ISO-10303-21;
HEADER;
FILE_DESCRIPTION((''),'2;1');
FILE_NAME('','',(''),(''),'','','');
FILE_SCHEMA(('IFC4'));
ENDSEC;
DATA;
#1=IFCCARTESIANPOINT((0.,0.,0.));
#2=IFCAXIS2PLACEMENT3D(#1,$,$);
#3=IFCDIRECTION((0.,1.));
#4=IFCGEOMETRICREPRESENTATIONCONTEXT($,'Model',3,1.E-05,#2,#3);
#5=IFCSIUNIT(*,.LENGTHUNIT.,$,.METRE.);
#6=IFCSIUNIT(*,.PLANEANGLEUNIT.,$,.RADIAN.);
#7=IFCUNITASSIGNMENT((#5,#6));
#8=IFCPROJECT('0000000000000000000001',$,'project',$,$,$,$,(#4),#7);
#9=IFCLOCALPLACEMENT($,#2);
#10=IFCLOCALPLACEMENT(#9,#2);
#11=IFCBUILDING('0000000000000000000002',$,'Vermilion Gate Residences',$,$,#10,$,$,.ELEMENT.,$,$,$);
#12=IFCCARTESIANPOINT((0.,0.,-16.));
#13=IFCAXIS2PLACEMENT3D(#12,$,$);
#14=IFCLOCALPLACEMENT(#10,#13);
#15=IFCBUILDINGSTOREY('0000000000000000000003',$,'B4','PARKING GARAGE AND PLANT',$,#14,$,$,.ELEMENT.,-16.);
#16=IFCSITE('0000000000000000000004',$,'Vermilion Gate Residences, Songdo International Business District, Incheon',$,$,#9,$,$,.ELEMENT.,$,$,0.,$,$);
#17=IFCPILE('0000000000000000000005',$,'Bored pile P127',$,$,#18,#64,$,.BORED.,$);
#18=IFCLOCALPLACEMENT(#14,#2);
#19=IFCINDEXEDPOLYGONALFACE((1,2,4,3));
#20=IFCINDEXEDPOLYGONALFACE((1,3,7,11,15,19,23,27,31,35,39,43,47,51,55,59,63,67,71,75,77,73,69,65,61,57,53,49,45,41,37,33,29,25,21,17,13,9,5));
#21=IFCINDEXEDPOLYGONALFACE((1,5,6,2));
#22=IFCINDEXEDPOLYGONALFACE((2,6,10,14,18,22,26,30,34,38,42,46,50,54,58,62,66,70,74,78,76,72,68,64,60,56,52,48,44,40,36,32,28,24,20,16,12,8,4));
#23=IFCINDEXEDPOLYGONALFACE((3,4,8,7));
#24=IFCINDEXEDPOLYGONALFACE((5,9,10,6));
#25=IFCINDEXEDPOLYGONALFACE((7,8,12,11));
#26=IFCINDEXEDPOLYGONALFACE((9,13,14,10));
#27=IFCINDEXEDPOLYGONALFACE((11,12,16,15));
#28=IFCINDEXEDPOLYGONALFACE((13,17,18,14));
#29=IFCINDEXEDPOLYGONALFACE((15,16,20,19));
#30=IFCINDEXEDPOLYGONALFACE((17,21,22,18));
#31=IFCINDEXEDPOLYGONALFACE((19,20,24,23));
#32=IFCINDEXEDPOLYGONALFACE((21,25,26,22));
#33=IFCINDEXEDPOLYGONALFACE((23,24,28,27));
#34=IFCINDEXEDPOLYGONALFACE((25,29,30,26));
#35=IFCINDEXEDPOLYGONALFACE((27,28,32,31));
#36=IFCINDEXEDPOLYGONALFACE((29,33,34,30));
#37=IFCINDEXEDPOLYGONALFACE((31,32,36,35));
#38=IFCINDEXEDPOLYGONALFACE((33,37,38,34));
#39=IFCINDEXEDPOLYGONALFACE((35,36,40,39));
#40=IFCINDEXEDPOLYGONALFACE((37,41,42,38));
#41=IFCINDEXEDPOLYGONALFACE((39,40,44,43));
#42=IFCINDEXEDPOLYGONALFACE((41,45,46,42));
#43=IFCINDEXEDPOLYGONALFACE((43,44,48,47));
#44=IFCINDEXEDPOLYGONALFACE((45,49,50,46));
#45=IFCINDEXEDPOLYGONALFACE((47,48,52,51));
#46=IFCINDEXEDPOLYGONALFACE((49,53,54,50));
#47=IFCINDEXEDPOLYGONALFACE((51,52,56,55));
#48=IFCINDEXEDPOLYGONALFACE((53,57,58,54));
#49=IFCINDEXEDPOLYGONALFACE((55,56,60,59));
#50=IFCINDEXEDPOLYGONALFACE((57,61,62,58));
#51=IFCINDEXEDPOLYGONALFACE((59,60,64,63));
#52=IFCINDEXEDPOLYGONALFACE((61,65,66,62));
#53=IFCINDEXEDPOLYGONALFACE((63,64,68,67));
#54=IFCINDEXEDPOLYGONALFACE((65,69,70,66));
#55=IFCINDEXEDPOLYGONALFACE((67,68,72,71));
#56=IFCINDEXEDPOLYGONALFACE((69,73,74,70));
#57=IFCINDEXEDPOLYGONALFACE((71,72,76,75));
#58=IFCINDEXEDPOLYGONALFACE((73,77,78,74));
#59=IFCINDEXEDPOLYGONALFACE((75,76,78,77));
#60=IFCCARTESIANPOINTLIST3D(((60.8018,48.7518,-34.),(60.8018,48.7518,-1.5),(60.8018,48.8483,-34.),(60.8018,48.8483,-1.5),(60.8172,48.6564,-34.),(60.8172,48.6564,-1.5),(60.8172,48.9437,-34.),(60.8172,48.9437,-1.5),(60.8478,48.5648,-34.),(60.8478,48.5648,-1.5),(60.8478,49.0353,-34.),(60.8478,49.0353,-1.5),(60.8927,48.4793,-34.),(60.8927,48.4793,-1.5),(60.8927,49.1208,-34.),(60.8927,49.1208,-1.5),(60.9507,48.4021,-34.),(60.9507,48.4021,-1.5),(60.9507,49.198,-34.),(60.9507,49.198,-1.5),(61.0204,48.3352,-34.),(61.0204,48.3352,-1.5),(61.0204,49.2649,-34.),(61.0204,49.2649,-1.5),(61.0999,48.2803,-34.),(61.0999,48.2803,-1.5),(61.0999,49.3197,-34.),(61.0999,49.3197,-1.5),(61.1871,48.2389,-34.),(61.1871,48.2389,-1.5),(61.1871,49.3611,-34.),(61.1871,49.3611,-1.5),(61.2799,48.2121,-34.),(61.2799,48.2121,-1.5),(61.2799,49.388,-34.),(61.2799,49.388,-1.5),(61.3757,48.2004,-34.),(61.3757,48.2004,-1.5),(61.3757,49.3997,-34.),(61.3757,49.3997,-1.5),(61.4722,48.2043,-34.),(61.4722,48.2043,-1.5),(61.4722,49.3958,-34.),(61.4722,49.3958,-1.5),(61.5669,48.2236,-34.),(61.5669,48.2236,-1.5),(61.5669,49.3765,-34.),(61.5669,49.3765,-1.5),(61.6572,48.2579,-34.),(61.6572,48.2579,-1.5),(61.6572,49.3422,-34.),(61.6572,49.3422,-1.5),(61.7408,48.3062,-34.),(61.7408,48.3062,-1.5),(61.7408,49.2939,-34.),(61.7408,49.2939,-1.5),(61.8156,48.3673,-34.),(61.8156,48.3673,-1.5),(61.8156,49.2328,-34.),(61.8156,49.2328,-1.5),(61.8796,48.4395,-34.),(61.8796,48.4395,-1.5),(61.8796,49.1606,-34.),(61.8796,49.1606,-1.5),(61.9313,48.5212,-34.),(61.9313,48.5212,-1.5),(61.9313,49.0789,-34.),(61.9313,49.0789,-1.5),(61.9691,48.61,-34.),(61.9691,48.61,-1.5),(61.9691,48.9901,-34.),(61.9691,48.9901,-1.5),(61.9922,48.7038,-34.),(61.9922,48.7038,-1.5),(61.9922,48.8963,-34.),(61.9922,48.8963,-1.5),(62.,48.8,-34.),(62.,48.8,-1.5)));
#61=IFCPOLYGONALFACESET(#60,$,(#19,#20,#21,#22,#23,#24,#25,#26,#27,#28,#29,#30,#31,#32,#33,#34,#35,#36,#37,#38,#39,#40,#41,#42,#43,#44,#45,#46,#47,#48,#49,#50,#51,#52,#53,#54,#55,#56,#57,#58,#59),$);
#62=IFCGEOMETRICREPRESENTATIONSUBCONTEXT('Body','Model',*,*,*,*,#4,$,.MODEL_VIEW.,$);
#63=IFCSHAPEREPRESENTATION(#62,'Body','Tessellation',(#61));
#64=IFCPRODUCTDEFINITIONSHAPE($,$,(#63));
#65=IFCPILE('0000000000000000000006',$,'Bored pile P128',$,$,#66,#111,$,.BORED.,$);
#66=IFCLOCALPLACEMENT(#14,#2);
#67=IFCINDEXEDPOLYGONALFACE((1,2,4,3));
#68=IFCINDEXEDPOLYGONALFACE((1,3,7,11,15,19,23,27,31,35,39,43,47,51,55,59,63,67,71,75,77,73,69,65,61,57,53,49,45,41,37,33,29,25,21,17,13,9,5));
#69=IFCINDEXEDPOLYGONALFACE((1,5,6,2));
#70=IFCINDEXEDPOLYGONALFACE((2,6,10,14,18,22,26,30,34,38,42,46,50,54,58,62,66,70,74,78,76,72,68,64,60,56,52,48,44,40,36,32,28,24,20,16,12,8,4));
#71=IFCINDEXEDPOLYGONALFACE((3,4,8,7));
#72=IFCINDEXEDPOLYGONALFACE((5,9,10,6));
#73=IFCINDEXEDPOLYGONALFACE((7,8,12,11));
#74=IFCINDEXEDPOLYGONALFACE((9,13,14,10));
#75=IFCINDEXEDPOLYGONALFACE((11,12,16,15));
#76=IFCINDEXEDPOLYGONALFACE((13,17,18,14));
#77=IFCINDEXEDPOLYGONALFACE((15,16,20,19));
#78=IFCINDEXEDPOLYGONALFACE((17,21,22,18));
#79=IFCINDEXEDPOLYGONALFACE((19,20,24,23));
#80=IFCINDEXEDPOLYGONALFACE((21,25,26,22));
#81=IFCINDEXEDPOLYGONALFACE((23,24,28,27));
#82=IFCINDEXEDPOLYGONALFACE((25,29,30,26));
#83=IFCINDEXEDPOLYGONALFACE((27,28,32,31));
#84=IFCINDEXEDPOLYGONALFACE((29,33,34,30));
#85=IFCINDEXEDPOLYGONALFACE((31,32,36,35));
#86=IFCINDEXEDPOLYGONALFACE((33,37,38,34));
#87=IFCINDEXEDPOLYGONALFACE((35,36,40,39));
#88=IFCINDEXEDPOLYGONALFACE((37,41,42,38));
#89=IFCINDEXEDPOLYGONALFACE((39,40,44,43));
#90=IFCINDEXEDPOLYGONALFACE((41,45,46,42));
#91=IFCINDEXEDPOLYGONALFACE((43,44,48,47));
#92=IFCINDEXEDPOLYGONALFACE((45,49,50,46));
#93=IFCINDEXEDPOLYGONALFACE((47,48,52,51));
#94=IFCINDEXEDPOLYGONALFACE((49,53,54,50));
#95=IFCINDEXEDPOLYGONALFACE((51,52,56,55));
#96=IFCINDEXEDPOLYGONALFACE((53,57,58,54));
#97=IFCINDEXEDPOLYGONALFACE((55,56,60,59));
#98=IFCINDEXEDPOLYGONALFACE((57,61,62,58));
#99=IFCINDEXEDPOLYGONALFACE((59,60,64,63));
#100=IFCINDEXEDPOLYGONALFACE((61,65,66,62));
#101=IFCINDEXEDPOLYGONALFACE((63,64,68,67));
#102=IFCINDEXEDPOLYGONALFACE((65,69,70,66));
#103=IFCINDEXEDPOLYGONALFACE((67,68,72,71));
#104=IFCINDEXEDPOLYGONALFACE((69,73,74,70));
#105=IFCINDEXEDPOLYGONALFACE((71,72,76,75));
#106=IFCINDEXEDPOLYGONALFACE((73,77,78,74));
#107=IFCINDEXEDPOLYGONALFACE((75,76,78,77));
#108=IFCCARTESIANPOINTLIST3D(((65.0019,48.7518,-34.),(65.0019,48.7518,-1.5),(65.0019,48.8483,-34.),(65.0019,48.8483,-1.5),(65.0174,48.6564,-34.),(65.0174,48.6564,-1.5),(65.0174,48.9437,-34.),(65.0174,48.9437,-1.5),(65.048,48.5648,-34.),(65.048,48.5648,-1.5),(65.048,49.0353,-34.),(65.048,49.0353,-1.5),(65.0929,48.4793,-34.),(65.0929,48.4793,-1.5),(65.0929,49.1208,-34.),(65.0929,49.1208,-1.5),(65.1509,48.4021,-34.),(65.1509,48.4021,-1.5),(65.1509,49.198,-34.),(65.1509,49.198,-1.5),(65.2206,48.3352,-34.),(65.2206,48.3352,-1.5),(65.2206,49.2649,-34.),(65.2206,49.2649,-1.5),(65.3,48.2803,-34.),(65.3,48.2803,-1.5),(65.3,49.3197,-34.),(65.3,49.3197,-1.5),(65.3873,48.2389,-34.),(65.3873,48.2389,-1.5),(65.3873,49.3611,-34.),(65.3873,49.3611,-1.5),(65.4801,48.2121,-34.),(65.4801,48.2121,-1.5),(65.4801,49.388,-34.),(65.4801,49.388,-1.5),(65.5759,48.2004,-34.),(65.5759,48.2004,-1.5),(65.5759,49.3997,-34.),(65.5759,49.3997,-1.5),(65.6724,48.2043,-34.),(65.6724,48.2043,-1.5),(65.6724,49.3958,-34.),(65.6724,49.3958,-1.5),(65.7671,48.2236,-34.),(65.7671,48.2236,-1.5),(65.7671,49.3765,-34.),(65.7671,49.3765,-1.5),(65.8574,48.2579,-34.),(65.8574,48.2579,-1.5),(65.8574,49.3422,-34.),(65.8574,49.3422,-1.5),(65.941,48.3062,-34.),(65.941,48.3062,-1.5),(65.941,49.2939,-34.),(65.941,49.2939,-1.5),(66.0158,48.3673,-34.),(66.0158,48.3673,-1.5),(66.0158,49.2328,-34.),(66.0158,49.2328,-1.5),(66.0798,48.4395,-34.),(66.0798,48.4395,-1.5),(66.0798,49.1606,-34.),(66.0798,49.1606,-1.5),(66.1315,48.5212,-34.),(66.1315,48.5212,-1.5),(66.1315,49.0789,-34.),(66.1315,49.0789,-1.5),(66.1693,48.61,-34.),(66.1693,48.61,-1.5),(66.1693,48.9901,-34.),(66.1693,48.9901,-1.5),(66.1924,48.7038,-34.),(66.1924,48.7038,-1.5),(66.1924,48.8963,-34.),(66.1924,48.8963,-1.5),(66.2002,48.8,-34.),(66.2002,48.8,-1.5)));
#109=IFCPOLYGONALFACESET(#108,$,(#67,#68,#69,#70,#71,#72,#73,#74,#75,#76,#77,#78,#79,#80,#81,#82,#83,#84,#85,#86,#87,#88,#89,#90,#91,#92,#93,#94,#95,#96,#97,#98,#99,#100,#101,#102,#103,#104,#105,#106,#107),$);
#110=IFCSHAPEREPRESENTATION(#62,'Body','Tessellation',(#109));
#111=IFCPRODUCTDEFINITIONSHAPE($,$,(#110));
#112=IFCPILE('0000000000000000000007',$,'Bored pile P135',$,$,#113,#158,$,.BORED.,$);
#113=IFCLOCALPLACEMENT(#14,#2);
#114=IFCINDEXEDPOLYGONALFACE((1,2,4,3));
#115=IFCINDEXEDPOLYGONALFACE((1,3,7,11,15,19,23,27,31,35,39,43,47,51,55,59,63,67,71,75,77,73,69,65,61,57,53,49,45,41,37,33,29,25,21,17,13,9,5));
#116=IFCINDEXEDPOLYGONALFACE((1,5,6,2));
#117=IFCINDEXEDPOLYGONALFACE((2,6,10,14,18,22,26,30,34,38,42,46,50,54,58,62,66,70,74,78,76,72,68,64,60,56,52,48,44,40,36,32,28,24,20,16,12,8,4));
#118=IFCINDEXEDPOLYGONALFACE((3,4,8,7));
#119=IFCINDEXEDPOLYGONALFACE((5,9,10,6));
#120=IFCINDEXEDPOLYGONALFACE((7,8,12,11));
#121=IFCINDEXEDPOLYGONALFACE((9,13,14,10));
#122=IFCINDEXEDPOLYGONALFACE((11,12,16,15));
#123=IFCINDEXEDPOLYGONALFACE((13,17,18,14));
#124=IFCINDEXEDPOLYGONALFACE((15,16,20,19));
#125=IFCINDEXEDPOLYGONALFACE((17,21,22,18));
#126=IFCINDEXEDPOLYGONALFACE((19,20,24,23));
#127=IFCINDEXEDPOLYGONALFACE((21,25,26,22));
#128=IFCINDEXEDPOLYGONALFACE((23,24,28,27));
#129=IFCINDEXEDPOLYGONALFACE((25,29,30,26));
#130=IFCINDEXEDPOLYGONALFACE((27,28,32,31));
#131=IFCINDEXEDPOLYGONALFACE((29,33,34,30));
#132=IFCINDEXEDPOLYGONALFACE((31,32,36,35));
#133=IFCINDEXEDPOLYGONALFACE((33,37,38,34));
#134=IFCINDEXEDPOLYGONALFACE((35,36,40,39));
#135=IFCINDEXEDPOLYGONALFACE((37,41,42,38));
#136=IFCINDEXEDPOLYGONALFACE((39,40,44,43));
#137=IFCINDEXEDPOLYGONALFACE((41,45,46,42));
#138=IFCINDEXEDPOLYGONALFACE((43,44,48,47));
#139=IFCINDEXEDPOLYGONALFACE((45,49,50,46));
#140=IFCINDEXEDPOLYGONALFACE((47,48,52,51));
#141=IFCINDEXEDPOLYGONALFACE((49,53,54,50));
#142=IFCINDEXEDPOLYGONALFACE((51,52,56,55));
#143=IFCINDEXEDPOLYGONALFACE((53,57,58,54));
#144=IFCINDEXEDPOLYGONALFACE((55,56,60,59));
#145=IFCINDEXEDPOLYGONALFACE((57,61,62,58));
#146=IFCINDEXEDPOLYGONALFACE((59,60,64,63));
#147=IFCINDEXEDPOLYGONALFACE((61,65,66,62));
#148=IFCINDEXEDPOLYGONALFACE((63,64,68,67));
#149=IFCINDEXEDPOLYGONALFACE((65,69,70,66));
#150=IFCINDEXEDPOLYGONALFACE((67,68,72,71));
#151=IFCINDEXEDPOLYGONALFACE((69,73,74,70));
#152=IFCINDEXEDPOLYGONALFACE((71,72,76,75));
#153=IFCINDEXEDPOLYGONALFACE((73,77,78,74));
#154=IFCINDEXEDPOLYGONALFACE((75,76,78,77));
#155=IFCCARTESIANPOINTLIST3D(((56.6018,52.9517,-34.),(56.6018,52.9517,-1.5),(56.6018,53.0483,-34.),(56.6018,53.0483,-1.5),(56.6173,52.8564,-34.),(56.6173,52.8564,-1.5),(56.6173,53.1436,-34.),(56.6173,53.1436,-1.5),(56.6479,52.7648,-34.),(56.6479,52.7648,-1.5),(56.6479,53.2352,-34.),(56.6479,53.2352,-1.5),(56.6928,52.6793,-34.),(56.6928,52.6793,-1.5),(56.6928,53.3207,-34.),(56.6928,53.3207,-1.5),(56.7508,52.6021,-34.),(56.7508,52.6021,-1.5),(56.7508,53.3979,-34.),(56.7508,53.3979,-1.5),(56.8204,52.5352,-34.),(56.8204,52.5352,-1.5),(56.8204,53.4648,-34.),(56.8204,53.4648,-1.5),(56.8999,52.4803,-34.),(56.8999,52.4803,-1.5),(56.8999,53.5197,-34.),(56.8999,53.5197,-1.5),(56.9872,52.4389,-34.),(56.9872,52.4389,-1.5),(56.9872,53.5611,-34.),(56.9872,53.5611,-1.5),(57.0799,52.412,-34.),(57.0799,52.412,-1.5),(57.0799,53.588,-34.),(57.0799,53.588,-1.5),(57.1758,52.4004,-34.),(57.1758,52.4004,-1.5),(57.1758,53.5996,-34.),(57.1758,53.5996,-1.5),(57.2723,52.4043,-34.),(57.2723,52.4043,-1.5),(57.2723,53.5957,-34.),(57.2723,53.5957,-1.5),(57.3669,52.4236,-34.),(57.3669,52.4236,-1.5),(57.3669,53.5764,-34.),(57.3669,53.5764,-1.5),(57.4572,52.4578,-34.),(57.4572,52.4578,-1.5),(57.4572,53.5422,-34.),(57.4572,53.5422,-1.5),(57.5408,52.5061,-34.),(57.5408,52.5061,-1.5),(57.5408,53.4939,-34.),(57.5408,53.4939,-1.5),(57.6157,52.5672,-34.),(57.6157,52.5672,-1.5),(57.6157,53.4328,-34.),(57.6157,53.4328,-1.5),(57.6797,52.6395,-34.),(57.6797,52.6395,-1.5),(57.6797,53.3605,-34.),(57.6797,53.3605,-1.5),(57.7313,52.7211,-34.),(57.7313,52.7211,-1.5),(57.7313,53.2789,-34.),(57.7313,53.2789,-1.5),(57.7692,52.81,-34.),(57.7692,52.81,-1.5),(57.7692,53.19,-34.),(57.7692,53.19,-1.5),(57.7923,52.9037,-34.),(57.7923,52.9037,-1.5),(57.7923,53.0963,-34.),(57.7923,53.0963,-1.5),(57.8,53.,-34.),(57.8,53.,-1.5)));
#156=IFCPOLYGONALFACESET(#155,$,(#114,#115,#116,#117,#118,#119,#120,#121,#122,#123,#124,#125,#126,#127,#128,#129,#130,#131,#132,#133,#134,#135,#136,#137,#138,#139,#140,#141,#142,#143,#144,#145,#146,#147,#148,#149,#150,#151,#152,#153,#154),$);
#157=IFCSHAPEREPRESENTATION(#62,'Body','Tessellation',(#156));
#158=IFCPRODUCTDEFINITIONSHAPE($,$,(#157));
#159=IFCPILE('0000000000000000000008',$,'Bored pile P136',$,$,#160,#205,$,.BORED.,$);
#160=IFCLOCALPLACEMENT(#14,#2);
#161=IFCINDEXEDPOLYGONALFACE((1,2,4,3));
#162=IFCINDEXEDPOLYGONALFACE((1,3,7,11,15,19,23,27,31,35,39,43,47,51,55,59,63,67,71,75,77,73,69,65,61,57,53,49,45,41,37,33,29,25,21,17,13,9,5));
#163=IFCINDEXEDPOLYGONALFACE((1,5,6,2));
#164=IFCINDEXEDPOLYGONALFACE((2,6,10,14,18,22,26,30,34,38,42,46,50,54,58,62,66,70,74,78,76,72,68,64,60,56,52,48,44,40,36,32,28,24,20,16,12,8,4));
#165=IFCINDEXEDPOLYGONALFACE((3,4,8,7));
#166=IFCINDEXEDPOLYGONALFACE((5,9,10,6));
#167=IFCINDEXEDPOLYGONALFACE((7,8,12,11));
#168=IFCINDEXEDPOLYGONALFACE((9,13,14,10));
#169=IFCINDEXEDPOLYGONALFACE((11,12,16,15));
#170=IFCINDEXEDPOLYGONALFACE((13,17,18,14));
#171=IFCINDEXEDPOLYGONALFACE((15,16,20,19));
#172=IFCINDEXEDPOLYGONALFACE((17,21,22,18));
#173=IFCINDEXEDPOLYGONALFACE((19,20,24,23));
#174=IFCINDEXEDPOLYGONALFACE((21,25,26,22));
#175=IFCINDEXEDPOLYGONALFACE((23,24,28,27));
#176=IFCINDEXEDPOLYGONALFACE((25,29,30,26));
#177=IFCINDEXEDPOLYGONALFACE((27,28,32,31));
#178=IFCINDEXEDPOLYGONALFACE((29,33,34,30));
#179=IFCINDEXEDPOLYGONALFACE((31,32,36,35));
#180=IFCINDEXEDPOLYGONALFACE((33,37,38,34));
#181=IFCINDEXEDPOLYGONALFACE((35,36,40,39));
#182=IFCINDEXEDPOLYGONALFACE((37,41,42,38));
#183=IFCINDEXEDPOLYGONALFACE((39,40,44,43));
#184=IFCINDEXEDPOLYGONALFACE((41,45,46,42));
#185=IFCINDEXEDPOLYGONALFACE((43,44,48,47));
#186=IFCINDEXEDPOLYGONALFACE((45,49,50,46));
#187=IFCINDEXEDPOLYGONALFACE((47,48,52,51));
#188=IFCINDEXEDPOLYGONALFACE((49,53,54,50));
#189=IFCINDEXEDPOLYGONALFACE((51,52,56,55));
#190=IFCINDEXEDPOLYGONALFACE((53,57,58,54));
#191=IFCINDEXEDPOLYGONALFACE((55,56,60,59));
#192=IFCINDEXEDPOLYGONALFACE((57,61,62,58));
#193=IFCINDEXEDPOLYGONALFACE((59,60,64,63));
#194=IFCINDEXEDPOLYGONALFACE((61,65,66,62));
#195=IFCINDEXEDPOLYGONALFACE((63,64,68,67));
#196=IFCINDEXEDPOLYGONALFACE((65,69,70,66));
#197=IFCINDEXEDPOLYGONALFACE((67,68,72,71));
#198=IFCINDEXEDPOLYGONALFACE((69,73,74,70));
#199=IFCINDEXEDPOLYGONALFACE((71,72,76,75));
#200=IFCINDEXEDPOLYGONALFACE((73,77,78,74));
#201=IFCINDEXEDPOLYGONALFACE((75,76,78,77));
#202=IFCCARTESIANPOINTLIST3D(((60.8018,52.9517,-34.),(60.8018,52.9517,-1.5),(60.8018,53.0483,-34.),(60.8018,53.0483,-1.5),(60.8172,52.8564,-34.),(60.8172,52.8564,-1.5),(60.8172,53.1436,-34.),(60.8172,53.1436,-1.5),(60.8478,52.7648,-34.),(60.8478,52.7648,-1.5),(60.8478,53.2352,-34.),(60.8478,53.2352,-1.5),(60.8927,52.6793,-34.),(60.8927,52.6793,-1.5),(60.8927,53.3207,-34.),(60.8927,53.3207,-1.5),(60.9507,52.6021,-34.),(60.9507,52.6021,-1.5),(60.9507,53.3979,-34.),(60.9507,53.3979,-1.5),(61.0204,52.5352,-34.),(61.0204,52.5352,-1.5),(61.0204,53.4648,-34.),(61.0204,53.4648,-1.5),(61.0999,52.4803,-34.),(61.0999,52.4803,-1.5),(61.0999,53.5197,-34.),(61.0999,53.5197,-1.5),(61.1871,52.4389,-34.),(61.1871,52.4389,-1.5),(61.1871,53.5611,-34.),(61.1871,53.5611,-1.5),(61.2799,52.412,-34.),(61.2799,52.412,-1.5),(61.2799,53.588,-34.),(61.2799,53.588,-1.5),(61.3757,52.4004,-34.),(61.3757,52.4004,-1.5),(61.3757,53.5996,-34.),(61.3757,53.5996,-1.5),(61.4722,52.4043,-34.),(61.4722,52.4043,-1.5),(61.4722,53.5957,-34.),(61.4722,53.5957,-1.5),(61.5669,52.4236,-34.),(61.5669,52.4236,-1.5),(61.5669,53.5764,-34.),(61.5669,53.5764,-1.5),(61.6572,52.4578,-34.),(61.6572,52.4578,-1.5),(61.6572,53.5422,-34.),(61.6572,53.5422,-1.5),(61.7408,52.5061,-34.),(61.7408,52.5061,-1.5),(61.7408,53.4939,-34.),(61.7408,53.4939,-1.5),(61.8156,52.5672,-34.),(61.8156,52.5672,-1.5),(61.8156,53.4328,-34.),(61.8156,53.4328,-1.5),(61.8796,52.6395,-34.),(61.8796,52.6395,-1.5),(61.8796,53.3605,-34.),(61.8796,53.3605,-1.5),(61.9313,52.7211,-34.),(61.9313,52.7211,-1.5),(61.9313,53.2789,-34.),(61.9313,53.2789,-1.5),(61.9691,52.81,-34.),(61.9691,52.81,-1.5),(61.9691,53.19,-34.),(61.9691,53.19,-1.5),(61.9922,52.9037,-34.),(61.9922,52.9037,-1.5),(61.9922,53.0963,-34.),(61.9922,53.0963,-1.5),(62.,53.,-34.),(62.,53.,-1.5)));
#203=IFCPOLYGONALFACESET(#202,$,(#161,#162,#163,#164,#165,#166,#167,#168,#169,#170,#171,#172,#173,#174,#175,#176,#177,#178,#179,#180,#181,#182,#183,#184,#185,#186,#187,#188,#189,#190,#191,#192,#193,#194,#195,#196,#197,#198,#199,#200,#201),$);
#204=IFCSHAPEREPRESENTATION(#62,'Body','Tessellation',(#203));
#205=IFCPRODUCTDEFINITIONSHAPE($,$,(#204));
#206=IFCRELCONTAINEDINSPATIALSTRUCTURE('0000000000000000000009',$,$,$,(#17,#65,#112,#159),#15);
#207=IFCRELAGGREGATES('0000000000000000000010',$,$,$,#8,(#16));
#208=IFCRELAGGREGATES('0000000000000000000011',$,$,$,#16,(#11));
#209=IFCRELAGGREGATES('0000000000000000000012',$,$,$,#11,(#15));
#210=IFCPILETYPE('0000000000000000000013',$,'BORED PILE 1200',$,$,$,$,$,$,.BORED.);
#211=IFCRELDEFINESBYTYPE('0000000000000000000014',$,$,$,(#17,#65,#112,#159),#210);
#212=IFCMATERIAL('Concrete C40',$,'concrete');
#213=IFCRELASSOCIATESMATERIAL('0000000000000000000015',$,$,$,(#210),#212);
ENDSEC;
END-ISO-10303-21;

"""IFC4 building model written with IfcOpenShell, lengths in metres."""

from ifc_helpers import new_model, si_unit, direction, frame, origin, origin_2d, place, context, subcontext, project, spatial, circle, extrude, material, material_profile, profile_set, type_object, element, save


model = new_model("IFC4")

# Units and contexts
model_context = context("Model", 3, precision=1e-05, world=origin(), true_north=direction((0.0, 1.0)))
body_context = subcontext(model_context, "Body", "Model", "MODEL_VIEW")
ifc_project = project(units=[si_unit("LENGTHUNIT", "METRE"), si_unit("PLANEANGLEUNIT", "RADIAN")], contexts=[model_context])

# Site, building, storey
site_placement = place(None, origin())
site = spatial("IfcSite", under=ifc_project, at=site_placement, Name="Vermilion Gate Residences, Songdo International Business District, Incheon", CompositionType="ELEMENT", RefElevation=0.0)
building_placement = place(site_placement, origin())
building = spatial("IfcBuilding", under=site, at=building_placement, Name="Vermilion Gate Residences", CompositionType="ELEMENT")
storey_placement = place(building_placement, frame((0.0, 0.0, -16.0)))
storey = spatial("IfcBuildingStorey", under=building, at=storey_placement, Name="B4", Description="PARKING GARAGE AND PLANT", CompositionType="ELEMENT", Elevation=-16.0)

# Piles
ifc_material_1 = material(Name="Concrete C40", Category="concrete")
ifc_material_profile_1 = material_profile(ifc_material_1, circle(Radius=0.6001, at=origin_2d()), Name="BORED PILE 1200")
ifc_profile_set_1 = profile_set([ifc_material_profile_1], Name="Concrete C40")
pile_type = type_object("IfcPileType", Name="BORED PILE 1200", PredefinedType="BORED", material=ifc_profile_set_1)
for number, where, z_axis, x_axis, name in (
    (1, (61.3999, 48.8, -1.5), (0.0, 0.0, -1.0), (1.0, 0.0, 0.0), "Bored pile P127"),
    (2, (65.6001, 48.8, -1.5), (0.0, 0.0, -1.0), (1.0, 0.0, 0.0), "Bored pile P128"),
    (3, (57.2, 53.0, -1.5), (0.0, 0.0, -1.0), (1.0, 0.0, 0.0), "Bored pile P135"),
    (4, (61.3999, 53.0, -1.5), (0.0, 0.0, -1.0), (1.0, 0.0, 0.0), "Bored pile P136"),
):
    element("IfcPile", number, at=place(storey_placement, frame(where, z_axis=z_axis, x_axis=x_axis)), inside=storey, type_object=pile_type, Name=name, PredefinedType="BORED", context=body_context, shape_type="SweptSolid", body=[
        extrude(circle(Radius=0.6001, at=origin_2d()), origin(), (0.0, 0.0, 1.0), 32.5),
    ])

save(model, "model.ifc")
